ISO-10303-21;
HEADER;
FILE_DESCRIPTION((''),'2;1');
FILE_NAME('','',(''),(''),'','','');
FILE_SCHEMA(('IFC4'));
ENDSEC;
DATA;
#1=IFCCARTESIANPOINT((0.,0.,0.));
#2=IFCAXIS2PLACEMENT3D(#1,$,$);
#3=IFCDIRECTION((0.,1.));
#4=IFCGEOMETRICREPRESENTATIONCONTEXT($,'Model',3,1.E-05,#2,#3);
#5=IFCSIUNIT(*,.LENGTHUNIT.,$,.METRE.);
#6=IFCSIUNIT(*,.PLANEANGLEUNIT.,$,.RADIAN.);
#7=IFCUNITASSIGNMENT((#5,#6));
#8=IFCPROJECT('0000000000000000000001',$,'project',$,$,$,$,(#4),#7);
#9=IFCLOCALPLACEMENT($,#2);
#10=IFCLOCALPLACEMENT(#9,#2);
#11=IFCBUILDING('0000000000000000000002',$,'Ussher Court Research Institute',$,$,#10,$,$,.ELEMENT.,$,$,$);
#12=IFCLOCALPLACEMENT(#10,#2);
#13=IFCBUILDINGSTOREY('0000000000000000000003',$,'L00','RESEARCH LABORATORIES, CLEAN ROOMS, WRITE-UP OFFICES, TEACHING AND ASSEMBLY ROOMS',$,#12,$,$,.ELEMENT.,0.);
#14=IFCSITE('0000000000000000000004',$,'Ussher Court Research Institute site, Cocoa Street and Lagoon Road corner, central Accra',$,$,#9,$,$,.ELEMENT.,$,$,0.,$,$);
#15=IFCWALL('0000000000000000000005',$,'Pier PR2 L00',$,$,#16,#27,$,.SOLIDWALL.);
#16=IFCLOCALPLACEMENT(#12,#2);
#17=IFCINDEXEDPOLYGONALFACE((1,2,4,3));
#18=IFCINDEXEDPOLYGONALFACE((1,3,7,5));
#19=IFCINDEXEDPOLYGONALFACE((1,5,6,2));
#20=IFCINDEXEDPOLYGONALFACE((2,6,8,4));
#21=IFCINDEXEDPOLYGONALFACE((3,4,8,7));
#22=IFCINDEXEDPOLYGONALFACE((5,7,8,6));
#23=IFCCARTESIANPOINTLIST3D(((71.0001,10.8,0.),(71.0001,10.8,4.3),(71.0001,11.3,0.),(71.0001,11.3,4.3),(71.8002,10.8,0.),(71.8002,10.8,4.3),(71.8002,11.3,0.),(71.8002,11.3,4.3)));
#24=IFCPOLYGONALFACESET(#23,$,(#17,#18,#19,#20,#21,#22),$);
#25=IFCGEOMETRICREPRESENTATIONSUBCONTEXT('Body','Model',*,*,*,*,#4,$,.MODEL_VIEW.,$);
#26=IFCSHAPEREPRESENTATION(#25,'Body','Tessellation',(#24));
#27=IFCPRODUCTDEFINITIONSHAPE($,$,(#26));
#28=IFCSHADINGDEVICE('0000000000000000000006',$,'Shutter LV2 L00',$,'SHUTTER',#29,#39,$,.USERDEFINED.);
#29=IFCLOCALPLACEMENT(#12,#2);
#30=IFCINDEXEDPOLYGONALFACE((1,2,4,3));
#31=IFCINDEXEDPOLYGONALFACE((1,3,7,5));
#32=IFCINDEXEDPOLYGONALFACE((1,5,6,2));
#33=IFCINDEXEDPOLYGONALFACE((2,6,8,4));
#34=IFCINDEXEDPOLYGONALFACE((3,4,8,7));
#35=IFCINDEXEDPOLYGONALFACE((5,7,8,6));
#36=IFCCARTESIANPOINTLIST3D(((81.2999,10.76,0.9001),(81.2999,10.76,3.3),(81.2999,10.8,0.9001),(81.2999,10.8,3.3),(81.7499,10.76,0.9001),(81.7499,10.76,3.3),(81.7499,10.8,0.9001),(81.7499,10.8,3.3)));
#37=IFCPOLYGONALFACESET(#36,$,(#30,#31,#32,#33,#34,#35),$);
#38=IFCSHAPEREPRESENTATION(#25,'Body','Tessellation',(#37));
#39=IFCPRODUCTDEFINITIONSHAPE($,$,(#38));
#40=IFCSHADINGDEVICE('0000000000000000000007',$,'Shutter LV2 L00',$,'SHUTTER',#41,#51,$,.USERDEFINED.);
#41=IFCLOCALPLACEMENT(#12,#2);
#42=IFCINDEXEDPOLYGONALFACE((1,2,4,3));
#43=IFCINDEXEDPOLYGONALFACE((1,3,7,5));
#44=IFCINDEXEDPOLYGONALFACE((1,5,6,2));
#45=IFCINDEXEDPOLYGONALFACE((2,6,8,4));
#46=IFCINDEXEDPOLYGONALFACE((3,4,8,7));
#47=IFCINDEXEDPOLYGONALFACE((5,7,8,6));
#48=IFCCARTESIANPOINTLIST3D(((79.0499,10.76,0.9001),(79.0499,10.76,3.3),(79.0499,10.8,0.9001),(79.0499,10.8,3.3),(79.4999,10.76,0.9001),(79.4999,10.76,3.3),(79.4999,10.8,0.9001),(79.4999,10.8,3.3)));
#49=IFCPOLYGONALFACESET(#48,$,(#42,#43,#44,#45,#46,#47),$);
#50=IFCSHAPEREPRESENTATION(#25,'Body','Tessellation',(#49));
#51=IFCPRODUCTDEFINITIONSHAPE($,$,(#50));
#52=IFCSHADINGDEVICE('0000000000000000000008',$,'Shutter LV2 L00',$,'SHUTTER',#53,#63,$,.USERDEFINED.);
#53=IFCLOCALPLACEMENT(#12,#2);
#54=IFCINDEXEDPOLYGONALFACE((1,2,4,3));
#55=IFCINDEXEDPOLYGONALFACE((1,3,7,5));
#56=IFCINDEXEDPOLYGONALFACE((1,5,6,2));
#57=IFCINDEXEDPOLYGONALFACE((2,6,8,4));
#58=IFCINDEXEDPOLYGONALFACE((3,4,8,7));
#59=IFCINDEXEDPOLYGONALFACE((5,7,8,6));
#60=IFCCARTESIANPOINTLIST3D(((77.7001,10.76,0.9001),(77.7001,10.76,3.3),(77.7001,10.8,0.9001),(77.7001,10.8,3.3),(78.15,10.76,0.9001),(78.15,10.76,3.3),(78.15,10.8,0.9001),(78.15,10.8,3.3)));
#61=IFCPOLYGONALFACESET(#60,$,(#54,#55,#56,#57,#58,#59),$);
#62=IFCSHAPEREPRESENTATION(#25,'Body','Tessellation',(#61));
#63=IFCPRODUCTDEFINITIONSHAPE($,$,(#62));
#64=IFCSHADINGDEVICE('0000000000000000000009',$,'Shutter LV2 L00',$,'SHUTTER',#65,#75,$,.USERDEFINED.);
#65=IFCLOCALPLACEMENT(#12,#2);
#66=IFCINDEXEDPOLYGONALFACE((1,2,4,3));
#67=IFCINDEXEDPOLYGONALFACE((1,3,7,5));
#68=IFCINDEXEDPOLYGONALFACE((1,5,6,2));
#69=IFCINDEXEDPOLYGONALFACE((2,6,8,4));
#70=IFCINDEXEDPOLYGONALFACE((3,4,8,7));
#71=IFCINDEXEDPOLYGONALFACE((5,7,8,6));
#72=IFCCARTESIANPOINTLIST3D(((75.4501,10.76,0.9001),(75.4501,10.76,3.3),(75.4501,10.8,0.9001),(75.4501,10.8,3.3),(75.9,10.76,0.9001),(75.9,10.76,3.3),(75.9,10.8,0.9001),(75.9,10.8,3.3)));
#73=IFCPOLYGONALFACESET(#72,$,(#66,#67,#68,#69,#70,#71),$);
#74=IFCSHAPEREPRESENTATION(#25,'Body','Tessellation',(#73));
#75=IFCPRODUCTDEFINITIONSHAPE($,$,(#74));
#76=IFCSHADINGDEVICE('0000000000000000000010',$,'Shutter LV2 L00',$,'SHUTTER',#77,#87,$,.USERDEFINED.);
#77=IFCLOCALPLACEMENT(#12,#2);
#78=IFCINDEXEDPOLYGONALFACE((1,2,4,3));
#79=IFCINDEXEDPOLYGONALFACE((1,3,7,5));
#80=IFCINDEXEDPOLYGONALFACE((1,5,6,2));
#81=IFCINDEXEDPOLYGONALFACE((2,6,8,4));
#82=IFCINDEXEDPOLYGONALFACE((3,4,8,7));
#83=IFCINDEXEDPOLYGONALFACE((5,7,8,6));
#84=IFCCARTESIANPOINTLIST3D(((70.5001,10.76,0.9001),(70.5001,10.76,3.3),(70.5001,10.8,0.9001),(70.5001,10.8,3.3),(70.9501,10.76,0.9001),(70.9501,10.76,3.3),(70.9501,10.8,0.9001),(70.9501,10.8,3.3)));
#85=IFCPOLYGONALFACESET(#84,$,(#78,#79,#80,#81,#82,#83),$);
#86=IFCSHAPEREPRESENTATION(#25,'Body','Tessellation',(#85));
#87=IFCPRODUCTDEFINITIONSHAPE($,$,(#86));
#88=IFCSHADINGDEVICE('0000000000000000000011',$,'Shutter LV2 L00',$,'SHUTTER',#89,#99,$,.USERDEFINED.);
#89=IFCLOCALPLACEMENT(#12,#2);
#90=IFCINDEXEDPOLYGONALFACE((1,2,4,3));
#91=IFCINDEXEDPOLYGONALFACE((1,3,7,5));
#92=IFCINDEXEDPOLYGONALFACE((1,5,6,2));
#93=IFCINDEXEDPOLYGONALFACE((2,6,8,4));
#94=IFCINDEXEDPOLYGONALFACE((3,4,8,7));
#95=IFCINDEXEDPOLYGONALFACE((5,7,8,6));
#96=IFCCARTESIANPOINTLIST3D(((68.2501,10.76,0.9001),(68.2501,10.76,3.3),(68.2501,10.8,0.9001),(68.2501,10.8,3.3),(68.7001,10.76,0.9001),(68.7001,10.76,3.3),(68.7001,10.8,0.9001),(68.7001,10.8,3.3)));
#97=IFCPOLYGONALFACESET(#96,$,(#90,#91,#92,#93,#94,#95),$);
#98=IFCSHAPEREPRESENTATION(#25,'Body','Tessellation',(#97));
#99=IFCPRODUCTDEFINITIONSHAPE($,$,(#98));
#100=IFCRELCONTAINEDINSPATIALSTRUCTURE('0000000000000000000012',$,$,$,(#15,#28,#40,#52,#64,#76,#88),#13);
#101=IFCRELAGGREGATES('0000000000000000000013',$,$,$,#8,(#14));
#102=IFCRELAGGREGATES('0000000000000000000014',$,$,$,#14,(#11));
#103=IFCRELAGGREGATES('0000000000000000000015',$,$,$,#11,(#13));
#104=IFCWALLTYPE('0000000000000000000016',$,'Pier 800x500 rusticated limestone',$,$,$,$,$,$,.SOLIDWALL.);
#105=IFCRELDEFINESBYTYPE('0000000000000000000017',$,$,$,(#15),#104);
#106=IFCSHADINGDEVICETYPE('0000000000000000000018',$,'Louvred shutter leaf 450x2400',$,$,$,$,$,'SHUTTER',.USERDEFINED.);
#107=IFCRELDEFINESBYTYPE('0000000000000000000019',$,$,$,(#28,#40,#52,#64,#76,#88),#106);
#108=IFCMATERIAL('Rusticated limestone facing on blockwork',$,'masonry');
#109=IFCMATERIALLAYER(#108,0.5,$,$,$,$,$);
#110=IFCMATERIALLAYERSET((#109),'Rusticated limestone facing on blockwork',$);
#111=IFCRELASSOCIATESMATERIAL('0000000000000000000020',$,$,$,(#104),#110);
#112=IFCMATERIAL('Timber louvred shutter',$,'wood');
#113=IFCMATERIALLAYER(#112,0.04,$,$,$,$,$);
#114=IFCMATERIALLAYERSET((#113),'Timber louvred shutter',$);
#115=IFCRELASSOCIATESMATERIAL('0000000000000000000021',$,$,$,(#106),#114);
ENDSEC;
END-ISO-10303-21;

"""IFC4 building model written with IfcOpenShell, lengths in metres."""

from ifc_helpers import new_model, si_unit, direction, frame, frame_2d, origin, origin_2d, place, context, subcontext, project, spatial, rectangle, extrude, material, layer, layer_set, type_object, element, save


model = new_model("IFC4")

# Units and contexts
model_context = context("Model", 3, precision=1e-05, world=origin(), true_north=direction((0.0, 1.0)))
body_context = subcontext(model_context, "Body", "Model", "MODEL_VIEW")
ifc_project = project(units=[si_unit("LENGTHUNIT", "METRE"), si_unit("PLANEANGLEUNIT", "RADIAN")], contexts=[model_context])

# Site, building, storey
site_placement = place(None, origin())
site = spatial("IfcSite", under=ifc_project, at=site_placement, Name="Ussher Court Research Institute site, Cocoa Street and Lagoon Road corner, central Accra", CompositionType="ELEMENT", RefElevation=0.0)
building_placement = place(site_placement, origin())
building = spatial("IfcBuilding", under=site, at=building_placement, Name="Ussher Court Research Institute", CompositionType="ELEMENT")
storey_placement = place(building_placement, origin())
storey = spatial("IfcBuildingStorey", under=building, at=storey_placement, Name="L00", Description="RESEARCH LABORATORIES, CLEAN ROOMS, WRITE-UP OFFICES, TEACHING AND ASSEMBLY ROOMS", CompositionType="ELEMENT", Elevation=0.0)

# Wall
ifc_material_1 = material(Name="Rusticated limestone facing on blockwork", Category="masonry")
ifc_layer_1 = layer(ifc_material_1, 0.5)
ifc_layer_set_1 = layer_set([ifc_layer_1], Name="Rusticated limestone facing on blockwork")
wall_type_1 = type_object("IfcWallType", Name="Pier 800x500 rusticated limestone", PredefinedType="SOLIDWALL", material=ifc_layer_set_1)
for number, where, z_axis, x_axis, name in (
    (1, (71.8, 11.05, 0.0), (0.0, 0.0, 1.0), (-1.0, 0.0, 0.0), "Pier PR2 L00"),
):
    element("IfcWall", number, at=place(storey_placement, frame(where, z_axis=z_axis, x_axis=x_axis)), inside=storey, type_object=wall_type_1, Name=name, PredefinedType="SOLIDWALL", context=body_context, shape_type="SweptSolid", body=[
        extrude(rectangle(XDim=0.8, YDim=0.5, at=frame_2d((0.3999, 0.0))), origin(), (0.0, 0.0, 1.0), 4.3),
    ])

# Shading devices
ifc_material_2 = material(Name="Timber louvred shutter", Category="wood")
ifc_layer_2 = layer(ifc_material_2, 0.04)
ifc_layer_set_2 = layer_set([ifc_layer_2], Name="Timber louvred shutter")
shading_device_type = type_object("IfcShadingDeviceType", Name="Louvred shutter leaf 450x2400", ElementType="SHUTTER", PredefinedType="USERDEFINED", material=ifc_layer_set_2)
for number, where, z_axis, x_axis, name in (
    (2, (81.5249, 10.78, 0.9001), (0.0, 0.0, 1.0), (-1.0, 0.0, 0.0), "Shutter LV2 L00"),
    (3, (79.2749, 10.78, 0.9001), (0.0, 0.0, 1.0), (-1.0, 0.0, 0.0), "Shutter LV2 L00"),
    (4, (77.925, 10.78, 0.9001), (0.0, 0.0, 1.0), (-1.0, 0.0, 0.0), "Shutter LV2 L00"),
    (5, (75.675, 10.78, 0.9001), (0.0, 0.0, 1.0), (-1.0, 0.0, 0.0), "Shutter LV2 L00"),
    (6, (70.7251, 10.78, 0.9001), (0.0, 0.0, 1.0), (-1.0, 0.0, 0.0), "Shutter LV2 L00"),
    (7, (68.4751, 10.78, 0.9001), (0.0, 0.0, 1.0), (-1.0, 0.0, 0.0), "Shutter LV2 L00"),
):
    element("IfcShadingDevice", number, at=place(storey_placement, frame(where, z_axis=z_axis, x_axis=x_axis)), inside=storey, type_object=shading_device_type, Name=name, ObjectType="SHUTTER", PredefinedType="USERDEFINED", context=body_context, shape_type="SweptSolid", body=[
        extrude(rectangle(XDim=0.45, YDim=0.04, at=origin_2d()), origin(), (0.0, 0.0, 1.0), 2.3999),
    ])

save(model, "model.ifc")
